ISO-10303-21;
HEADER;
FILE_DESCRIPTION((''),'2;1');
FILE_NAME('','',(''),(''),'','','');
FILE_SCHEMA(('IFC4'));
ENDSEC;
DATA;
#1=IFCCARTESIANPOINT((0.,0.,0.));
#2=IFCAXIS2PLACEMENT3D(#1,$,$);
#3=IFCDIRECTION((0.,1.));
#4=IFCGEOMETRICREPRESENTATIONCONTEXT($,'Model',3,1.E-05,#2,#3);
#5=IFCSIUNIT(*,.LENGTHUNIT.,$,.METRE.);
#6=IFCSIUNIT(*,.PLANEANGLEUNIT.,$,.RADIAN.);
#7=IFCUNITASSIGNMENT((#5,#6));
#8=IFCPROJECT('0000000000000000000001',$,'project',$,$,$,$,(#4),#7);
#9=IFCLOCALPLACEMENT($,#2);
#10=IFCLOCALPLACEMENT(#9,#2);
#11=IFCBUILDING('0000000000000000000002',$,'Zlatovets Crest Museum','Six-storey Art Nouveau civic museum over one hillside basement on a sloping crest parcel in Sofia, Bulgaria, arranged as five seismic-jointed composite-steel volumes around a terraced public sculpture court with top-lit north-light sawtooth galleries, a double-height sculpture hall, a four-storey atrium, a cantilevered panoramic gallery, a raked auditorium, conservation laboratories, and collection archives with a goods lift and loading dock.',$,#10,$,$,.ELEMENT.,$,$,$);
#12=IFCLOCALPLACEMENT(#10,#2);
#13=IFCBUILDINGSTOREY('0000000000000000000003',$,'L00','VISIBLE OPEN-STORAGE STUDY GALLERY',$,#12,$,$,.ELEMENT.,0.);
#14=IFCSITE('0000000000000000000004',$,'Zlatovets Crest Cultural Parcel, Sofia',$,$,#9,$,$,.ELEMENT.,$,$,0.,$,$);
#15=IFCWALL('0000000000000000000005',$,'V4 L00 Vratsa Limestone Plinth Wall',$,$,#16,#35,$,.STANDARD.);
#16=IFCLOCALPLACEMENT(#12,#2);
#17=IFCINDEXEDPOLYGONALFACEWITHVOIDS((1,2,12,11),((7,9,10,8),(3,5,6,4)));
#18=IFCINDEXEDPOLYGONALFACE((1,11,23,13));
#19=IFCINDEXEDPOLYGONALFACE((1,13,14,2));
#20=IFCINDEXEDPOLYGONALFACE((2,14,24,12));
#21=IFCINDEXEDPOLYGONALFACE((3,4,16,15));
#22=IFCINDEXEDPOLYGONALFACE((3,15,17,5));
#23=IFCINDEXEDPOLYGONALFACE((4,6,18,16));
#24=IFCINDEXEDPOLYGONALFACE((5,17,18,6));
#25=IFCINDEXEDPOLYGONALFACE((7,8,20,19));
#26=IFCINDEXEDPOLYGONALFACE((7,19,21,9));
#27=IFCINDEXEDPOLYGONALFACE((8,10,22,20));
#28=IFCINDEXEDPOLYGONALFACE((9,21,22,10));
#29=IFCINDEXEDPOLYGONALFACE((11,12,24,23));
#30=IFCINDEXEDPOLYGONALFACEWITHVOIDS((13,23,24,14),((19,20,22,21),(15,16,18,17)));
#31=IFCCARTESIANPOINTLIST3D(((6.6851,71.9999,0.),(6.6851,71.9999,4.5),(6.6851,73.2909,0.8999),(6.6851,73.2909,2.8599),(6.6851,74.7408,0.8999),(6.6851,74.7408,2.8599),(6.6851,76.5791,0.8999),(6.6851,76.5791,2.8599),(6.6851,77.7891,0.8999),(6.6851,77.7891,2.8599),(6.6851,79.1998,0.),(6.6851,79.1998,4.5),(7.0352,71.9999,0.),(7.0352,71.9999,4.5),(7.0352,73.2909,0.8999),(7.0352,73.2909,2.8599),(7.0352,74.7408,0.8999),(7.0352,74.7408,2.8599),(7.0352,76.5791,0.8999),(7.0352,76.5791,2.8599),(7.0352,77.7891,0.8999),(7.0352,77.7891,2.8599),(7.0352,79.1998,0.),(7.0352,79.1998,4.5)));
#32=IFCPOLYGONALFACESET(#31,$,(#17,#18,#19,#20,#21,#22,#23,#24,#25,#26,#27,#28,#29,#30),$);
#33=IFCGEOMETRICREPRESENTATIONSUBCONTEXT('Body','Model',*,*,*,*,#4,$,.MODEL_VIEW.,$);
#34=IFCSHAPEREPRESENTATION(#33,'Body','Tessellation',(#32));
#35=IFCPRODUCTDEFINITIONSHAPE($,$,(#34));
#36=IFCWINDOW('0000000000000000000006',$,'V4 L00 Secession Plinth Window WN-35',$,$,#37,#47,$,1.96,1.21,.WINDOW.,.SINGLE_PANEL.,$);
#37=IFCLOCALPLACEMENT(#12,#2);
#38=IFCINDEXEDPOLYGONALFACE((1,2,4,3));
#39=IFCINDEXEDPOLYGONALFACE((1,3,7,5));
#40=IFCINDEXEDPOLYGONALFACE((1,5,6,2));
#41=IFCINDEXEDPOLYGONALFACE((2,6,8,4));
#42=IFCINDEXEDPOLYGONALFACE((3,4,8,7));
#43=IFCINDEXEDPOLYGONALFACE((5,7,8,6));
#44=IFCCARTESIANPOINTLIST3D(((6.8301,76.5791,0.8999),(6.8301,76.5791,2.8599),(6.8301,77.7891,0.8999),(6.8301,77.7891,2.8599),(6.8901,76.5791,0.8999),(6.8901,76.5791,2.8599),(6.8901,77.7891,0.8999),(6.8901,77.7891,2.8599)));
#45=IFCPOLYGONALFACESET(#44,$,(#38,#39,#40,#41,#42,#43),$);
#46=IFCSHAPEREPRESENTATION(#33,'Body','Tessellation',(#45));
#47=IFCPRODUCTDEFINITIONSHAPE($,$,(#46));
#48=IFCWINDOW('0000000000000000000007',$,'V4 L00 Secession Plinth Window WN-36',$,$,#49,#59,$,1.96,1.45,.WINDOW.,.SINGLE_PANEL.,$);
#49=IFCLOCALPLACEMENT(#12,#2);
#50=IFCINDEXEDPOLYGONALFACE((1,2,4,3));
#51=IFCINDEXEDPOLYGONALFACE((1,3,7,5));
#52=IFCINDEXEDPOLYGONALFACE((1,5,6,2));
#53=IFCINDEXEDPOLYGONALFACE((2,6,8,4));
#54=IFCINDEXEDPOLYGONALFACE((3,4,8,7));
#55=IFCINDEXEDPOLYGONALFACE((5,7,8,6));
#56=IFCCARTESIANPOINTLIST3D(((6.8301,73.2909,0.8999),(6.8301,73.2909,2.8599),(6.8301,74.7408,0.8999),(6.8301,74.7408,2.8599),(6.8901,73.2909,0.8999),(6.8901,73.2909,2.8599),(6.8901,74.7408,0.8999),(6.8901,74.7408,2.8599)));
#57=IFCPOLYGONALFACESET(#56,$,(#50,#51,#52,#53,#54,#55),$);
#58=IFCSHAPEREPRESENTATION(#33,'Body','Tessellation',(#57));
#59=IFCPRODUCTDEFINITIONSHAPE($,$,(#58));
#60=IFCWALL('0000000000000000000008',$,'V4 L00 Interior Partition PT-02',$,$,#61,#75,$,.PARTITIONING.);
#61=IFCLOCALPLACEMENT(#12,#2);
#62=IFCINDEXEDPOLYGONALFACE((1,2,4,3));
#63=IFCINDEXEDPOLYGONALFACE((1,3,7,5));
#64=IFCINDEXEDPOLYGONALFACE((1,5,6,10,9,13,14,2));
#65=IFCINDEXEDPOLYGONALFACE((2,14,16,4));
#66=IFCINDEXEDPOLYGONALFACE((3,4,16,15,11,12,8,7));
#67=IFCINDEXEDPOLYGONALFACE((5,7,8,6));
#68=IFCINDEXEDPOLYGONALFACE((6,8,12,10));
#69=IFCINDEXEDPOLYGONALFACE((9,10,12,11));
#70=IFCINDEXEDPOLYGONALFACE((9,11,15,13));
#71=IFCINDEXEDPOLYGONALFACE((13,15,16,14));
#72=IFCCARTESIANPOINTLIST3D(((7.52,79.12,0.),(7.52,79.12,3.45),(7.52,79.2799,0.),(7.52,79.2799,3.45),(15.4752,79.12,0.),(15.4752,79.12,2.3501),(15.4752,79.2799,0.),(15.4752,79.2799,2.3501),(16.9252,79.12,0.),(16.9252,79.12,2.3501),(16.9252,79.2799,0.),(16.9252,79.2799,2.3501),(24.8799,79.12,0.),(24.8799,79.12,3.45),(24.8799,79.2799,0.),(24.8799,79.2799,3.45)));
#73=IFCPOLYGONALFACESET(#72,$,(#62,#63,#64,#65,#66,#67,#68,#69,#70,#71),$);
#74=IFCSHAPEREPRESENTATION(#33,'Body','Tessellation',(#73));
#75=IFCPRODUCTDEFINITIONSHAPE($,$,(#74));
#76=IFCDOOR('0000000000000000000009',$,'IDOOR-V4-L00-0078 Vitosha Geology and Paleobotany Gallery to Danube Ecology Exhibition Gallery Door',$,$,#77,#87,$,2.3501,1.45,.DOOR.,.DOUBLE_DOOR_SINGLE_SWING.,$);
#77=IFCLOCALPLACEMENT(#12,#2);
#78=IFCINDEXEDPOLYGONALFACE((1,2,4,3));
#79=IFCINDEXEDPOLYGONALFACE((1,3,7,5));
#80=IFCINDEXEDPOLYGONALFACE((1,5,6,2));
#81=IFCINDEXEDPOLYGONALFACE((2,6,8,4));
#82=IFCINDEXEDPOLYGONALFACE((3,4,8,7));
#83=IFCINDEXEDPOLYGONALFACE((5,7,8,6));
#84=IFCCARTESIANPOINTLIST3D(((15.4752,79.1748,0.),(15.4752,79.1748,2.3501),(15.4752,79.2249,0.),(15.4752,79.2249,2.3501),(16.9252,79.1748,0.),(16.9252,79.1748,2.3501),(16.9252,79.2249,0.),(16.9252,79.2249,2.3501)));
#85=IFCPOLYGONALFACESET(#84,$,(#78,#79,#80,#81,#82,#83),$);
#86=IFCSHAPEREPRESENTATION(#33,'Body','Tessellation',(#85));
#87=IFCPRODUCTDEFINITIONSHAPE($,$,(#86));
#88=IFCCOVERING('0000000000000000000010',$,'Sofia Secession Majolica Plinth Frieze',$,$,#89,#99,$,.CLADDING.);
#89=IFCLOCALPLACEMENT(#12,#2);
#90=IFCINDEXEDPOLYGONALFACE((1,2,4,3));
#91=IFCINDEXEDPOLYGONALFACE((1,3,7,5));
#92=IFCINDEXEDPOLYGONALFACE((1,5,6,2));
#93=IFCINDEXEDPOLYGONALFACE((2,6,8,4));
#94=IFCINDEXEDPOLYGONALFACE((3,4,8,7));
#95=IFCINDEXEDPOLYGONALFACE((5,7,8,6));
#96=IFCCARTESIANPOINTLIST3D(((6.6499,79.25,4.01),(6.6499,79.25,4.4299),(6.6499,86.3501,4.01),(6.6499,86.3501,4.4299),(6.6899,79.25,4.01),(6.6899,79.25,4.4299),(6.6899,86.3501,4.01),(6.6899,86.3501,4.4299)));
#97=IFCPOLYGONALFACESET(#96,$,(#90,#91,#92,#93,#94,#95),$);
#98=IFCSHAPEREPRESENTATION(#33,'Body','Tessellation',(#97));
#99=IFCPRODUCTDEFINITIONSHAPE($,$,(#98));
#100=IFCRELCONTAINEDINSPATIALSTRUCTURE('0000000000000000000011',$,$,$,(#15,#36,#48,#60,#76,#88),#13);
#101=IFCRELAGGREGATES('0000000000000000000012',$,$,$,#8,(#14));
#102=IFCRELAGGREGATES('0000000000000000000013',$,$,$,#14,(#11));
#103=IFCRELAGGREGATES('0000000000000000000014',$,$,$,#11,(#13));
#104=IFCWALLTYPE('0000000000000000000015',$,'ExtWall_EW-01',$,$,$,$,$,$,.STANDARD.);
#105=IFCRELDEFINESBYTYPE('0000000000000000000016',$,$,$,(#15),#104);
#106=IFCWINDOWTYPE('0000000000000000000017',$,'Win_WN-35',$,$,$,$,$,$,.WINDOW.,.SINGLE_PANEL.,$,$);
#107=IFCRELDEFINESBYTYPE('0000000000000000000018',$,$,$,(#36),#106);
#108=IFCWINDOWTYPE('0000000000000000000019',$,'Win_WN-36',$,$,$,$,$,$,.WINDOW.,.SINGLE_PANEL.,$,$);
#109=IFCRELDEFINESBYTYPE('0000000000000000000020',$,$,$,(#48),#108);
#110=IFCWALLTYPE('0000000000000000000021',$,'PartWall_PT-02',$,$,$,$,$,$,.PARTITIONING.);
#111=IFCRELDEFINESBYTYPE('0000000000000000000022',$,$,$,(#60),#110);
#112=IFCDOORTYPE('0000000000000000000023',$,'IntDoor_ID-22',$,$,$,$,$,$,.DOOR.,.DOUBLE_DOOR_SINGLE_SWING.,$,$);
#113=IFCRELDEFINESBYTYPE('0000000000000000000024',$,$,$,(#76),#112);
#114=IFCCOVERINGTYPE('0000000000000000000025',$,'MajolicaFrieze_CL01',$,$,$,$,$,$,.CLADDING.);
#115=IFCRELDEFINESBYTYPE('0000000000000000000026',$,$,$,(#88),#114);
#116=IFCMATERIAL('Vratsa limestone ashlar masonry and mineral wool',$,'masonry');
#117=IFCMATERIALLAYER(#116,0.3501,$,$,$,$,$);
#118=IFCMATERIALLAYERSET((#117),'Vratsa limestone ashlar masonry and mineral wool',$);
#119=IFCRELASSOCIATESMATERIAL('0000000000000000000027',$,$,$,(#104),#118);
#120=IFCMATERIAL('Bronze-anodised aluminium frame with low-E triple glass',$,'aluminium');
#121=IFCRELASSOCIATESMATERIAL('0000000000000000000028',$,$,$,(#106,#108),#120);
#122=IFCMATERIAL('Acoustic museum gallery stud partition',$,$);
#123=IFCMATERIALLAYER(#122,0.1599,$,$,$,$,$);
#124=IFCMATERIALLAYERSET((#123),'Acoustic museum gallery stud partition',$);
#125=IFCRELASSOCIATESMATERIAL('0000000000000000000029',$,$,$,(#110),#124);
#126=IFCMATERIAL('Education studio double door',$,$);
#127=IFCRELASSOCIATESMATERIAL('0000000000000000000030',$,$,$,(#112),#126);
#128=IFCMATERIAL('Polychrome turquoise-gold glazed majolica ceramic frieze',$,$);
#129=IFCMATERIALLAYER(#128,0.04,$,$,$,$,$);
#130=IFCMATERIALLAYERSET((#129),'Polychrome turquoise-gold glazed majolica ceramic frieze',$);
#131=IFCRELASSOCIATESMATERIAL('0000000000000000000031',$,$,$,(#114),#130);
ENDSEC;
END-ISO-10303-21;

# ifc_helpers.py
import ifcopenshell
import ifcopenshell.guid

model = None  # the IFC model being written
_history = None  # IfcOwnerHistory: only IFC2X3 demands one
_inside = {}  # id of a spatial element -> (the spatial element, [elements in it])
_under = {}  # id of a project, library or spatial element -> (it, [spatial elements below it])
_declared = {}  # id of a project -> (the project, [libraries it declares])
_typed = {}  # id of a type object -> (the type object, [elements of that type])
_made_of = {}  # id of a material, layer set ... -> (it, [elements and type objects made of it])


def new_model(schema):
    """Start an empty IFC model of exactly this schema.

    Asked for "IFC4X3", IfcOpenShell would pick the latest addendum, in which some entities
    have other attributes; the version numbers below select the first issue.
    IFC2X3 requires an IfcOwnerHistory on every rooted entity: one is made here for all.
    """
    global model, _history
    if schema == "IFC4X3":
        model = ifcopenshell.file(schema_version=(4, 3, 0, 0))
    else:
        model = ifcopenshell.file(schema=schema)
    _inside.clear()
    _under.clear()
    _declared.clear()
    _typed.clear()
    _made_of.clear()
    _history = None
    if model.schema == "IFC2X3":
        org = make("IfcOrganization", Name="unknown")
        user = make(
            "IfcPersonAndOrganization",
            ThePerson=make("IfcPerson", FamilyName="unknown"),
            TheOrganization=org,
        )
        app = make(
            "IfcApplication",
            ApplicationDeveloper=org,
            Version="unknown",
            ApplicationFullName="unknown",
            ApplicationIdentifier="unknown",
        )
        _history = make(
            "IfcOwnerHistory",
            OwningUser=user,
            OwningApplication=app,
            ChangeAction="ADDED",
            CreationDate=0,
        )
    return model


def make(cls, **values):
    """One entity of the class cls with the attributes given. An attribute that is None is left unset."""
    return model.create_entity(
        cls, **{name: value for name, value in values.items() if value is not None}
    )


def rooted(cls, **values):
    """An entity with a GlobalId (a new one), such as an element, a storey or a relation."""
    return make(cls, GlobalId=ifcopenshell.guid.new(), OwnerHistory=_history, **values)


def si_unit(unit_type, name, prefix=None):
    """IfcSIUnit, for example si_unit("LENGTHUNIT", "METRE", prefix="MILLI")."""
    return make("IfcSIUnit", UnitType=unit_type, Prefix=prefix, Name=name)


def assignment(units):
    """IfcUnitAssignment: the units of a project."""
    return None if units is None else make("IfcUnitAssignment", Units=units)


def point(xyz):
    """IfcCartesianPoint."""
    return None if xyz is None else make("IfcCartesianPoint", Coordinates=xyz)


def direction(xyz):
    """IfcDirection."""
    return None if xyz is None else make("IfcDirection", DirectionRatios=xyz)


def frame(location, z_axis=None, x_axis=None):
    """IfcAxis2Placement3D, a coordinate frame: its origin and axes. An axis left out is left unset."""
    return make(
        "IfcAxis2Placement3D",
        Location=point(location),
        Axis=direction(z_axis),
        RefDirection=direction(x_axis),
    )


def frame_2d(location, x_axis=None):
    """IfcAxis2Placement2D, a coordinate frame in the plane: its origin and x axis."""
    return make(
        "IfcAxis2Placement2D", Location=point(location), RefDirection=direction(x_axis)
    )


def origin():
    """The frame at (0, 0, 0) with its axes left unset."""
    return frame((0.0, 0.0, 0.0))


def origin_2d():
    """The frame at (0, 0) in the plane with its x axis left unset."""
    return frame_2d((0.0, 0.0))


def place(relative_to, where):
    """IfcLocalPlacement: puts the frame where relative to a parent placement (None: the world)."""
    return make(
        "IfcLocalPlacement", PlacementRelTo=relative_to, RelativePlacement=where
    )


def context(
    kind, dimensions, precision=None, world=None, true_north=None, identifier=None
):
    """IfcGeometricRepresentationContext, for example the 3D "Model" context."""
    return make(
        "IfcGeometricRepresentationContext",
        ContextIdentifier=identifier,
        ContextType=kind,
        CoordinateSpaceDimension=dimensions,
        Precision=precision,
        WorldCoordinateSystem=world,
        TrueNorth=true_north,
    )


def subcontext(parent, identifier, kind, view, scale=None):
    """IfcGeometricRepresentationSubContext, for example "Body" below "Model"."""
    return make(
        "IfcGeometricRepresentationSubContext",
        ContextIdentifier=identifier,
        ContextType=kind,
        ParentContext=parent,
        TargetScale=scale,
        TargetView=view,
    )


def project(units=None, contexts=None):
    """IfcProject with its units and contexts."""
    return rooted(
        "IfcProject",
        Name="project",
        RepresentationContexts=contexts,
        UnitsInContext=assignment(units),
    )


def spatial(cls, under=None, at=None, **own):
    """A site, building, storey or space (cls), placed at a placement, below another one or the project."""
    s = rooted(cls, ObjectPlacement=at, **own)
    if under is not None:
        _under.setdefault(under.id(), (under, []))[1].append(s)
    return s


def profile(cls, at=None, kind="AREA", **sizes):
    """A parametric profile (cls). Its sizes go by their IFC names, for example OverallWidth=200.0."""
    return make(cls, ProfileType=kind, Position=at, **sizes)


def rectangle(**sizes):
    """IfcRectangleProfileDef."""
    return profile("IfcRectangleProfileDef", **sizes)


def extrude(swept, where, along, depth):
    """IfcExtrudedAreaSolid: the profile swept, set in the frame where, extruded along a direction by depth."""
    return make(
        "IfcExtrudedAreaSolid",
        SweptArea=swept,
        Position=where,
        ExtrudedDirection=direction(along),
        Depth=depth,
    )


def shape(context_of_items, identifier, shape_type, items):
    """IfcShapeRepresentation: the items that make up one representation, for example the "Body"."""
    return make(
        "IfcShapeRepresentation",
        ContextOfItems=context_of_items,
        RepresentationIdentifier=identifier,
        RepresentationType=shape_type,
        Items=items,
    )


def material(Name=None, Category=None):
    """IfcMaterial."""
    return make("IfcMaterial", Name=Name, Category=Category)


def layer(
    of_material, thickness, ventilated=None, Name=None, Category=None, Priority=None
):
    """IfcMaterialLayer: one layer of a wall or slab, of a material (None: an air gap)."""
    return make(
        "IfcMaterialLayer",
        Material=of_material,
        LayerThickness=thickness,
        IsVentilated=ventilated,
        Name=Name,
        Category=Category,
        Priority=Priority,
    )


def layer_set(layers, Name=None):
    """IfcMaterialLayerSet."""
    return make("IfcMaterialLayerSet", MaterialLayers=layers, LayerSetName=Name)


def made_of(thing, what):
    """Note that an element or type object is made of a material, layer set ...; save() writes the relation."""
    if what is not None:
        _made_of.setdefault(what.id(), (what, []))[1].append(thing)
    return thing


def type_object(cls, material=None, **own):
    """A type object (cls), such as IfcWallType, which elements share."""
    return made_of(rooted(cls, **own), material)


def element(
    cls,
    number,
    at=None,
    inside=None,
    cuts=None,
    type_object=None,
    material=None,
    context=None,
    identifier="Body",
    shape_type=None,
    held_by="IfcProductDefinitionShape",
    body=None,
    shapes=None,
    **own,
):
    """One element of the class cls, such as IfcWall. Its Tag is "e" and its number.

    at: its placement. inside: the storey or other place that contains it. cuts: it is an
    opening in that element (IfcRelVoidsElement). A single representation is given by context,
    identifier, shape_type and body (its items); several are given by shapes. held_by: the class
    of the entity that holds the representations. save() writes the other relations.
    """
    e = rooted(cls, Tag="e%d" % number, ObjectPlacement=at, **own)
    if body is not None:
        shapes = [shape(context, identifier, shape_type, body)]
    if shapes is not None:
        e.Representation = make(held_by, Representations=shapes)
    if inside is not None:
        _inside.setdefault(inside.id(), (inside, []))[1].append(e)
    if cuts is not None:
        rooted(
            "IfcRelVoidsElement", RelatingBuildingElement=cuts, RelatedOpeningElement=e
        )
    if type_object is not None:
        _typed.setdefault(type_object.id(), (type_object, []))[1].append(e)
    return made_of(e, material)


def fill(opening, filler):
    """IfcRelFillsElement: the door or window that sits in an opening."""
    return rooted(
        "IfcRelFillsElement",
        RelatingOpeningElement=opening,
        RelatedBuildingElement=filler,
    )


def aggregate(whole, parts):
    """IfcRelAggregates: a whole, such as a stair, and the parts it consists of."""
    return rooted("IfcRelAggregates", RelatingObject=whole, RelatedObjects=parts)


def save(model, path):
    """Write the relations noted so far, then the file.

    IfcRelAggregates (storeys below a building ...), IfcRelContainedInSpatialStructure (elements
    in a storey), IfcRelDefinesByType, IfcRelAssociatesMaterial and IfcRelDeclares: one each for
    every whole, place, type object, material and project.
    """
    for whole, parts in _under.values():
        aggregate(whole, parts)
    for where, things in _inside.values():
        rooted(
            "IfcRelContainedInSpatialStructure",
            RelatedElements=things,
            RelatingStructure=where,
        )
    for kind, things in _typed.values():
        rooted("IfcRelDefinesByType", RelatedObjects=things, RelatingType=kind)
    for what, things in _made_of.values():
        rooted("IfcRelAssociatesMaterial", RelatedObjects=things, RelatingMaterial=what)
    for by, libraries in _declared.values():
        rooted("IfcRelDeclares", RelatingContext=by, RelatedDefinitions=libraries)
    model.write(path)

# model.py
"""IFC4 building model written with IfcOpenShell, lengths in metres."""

from ifc_helpers import new_model, si_unit, direction, frame, frame_2d, origin, origin_2d, place, context, subcontext, project, spatial, rectangle, extrude, material, layer, layer_set, type_object, element, fill, save


model = new_model("IFC4")

# Units and contexts
model_context = context("Model", 3, precision=1e-05, world=origin(), true_north=direction((0.0, 1.0)))
body_context = subcontext(model_context, "Body", "Model", "MODEL_VIEW")
ifc_project = project(units=[si_unit("LENGTHUNIT", "METRE"), si_unit("PLANEANGLEUNIT", "RADIAN")], contexts=[model_context])

# Site, building, storey
site_placement = place(None, origin())
site = spatial("IfcSite", under=ifc_project, at=site_placement, Name="Zlatovets Crest Cultural Parcel, Sofia", CompositionType="ELEMENT", RefElevation=0.0)
building_placement = place(site_placement, origin())
building = spatial("IfcBuilding", under=site, at=building_placement, Name="Zlatovets Crest Museum", Description="Six-storey Art Nouveau civic museum over one hillside basement on a sloping crest parcel in Sofia, Bulgaria, arranged as five seismic-jointed composite-steel volumes around a terraced public sculpture court with top-lit north-light sawtooth galleries, a double-height sculpture hall, a four-storey atrium, a cantilevered panoramic gallery, a raked auditorium, conservation laboratories, and collection archives with a goods lift and loading dock.", CompositionType="ELEMENT")
storey_placement = place(building_placement, origin())
storey = spatial("IfcBuildingStorey", under=building, at=storey_placement, Name="L00", Description="VISIBLE OPEN-STORAGE STUDY GALLERY", CompositionType="ELEMENT", Elevation=0.0)

# Wall, openings, windows
ifc_material_1 = material(Name="Vratsa limestone ashlar masonry and mineral wool", Category="masonry")
ifc_layer_1 = layer(ifc_material_1, 0.3501)
ifc_layer_set_1 = layer_set([ifc_layer_1], Name="Vratsa limestone ashlar masonry and mineral wool")
wall_type_1 = type_object("IfcWallType", Name="ExtWall_EW-01", PredefinedType="STANDARD", material=ifc_layer_set_1)
ifc_material_2 = material(Name="Bronze-anodised aluminium frame with low-E triple glass", Category="aluminium")
wall_1_placement = place(storey_placement, frame((6.8601, 79.2, 0.0), z_axis=(0.0, 0.0, 1.0), x_axis=(0.0, -1.0, 0.0)))
wall_1 = element("IfcWall", 1, at=wall_1_placement, inside=storey, type_object=wall_type_1, Name="V4 L00 Vratsa Limestone Plinth Wall", PredefinedType="STANDARD", context=body_context, shape_type="SweptSolid", body=[
    extrude(rectangle(XDim=7.2, YDim=0.3501, at=frame_2d((3.6001, 0.0))), origin(), (0.0, 0.0, 1.0), 4.5),
])
opening_1_placement = place(wall_1_placement, frame((1.4109, 0.0, 0.8999)))
opening_1 = element("IfcOpeningElement", 2, at=opening_1_placement, cuts=wall_1, PredefinedType="OPENING", context=body_context, shape_type="SweptSolid", body=[
    extrude(rectangle(XDim=1.21, YDim=1.96, at=frame_2d((0.605, 0.98))), frame((0.0, 0.1851, 0.0), z_axis=(0.0, -1.0, 0.0), x_axis=(1.0, 0.0, 0.0)), (0.0, 0.0, 1.0), 0.3701),
])
opening_2_placement = place(wall_1_placement, frame((4.459, 0.0, 0.8999)))
opening_2 = element("IfcOpeningElement", 3, at=opening_2_placement, cuts=wall_1, PredefinedType="OPENING", context=body_context, shape_type="SweptSolid", body=[
    extrude(rectangle(XDim=1.45, YDim=1.96, at=frame_2d((0.7251, 0.98))), frame((0.0, 0.1851, 0.0), z_axis=(0.0, -1.0, 0.0), x_axis=(1.0, 0.0, 0.0)), (0.0, 0.0, 1.0), 0.3701),
])
window_type_1 = type_object("IfcWindowType", Name="Win_WN-35", PartitioningType="SINGLE_PANEL", PredefinedType="WINDOW", material=ifc_material_2)
window_1_placement = place(opening_1_placement, origin())
window_1 = element("IfcWindow", 4, at=window_1_placement, inside=storey, type_object=window_type_1, Name="V4 L00 Secession Plinth Window WN-35", OverallHeight=1.96, OverallWidth=1.21, PartitioningType="SINGLE_PANEL", PredefinedType="WINDOW", context=body_context, shape_type="SweptSolid", body=[
    extrude(rectangle(XDim=1.21, YDim=1.96, at=frame_2d((0.605, 0.98))), frame((0.0, 0.03, 0.0), z_axis=(0.0, -1.0, 0.0), x_axis=(1.0, 0.0, 0.0)), (0.0, 0.0, 1.0), 0.0601),
])
fill(opening_1, window_1)
window_type_2 = type_object("IfcWindowType", Name="Win_WN-36", PartitioningType="SINGLE_PANEL", PredefinedType="WINDOW", material=ifc_material_2)
window_2_placement = place(opening_2_placement, origin())
window_2 = element("IfcWindow", 5, at=window_2_placement, inside=storey, type_object=window_type_2, Name="V4 L00 Secession Plinth Window WN-36", OverallHeight=1.96, OverallWidth=1.45, PartitioningType="SINGLE_PANEL", PredefinedType="WINDOW", context=body_context, shape_type="SweptSolid", body=[
    extrude(rectangle(XDim=1.45, YDim=1.96, at=frame_2d((0.7251, 0.98))), frame((0.0, 0.03, 0.0), z_axis=(0.0, -1.0, 0.0), x_axis=(1.0, 0.0, 0.0)), (0.0, 0.0, 1.0), 0.0601),
])
fill(opening_2, window_2)

# Wall, opening, door
ifc_material_3 = material(Name="Acoustic museum gallery stud partition")
ifc_layer_2 = layer(ifc_material_3, 0.1599)
ifc_layer_set_2 = layer_set([ifc_layer_2], Name="Acoustic museum gallery stud partition")
wall_type_2 = type_object("IfcWallType", Name="PartWall_PT-02", PredefinedType="PARTITIONING", material=ifc_layer_set_2)
wall_2_placement = place(storey_placement, frame((7.52, 79.2, 0.0), z_axis=(0.0, 0.0, 1.0), x_axis=(1.0, 0.0, 0.0)))
wall_2 = element("IfcWall", 6, at=wall_2_placement, inside=storey, type_object=wall_type_2, Name="V4 L00 Interior Partition PT-02", PredefinedType="PARTITIONING", context=body_context, shape_type="SweptSolid", body=[
    extrude(rectangle(XDim=17.3599, YDim=0.1599, at=frame_2d((8.6799, 0.0))), origin(), (0.0, 0.0, 1.0), 3.45),
])
opening_3_placement = place(wall_2_placement, frame((7.9551, 0.0, 0.0)))
opening_3 = element("IfcOpeningElement", 7, at=opening_3_placement, cuts=wall_2, PredefinedType="OPENING", context=body_context, shape_type="SweptSolid", body=[
    extrude(rectangle(XDim=1.45, YDim=2.3501, at=frame_2d((0.7251, 1.175))), frame((0.0, 0.0898, 0.0), z_axis=(0.0, -1.0, 0.0), x_axis=(1.0, 0.0, 0.0)), (0.0, 0.0, 1.0), 0.1799),
])
ifc_material_4 = material(Name="Education studio double door")
door_type = type_object("IfcDoorType", Name="IntDoor_ID-22", OperationType="DOUBLE_DOOR_SINGLE_SWING", PredefinedType="DOOR", material=ifc_material_4)
door_placement = place(opening_3_placement, origin())
door = element("IfcDoor", 8, at=door_placement, inside=storey, type_object=door_type, Name="IDOOR-V4-L00-0078 Vitosha Geology and Paleobotany Gallery to Danube Ecology Exhibition Gallery Door", OperationType="DOUBLE_DOOR_SINGLE_SWING", OverallHeight=2.3501, OverallWidth=1.45, PredefinedType="DOOR", context=body_context, shape_type="SweptSolid", body=[
    extrude(rectangle(XDim=1.45, YDim=2.3501, at=frame_2d((0.7251, 1.175))), frame((0.0, 0.0249, 0.0), z_axis=(0.0, -1.0, 0.0), x_axis=(1.0, 0.0, 0.0)), (0.0, 0.0, 1.0), 0.05),
])
fill(opening_3, door)

# Covering
ifc_material_5 = material(Name="Polychrome turquoise-gold glazed majolica ceramic frieze")
ifc_layer_3 = layer(ifc_material_5, 0.04)
ifc_layer_set_3 = layer_set([ifc_layer_3], Name="Polychrome turquoise-gold glazed majolica ceramic frieze")
covering_type = type_object("IfcCoveringType", Name="MajolicaFrieze_CL01", PredefinedType="CLADDING", material=ifc_layer_set_3)
covering_placement = place(storey_placement, frame((6.6699, 82.8, 4.01), z_axis=(0.0, 0.0, 1.0), x_axis=(0.0, 1.0, 0.0)))
element("IfcCovering", 9, at=covering_placement, inside=storey, type_object=covering_type, Name="Sofia Secession Majolica Plinth Frieze", PredefinedType="CLADDING", context=body_context, shape_type="SweptSolid", body=[
    extrude(rectangle(XDim=7.1001, YDim=0.04, at=origin_2d()), origin(), (0.0, 0.0, 1.0), 0.4199),
])

save(model, "model.ifc")
